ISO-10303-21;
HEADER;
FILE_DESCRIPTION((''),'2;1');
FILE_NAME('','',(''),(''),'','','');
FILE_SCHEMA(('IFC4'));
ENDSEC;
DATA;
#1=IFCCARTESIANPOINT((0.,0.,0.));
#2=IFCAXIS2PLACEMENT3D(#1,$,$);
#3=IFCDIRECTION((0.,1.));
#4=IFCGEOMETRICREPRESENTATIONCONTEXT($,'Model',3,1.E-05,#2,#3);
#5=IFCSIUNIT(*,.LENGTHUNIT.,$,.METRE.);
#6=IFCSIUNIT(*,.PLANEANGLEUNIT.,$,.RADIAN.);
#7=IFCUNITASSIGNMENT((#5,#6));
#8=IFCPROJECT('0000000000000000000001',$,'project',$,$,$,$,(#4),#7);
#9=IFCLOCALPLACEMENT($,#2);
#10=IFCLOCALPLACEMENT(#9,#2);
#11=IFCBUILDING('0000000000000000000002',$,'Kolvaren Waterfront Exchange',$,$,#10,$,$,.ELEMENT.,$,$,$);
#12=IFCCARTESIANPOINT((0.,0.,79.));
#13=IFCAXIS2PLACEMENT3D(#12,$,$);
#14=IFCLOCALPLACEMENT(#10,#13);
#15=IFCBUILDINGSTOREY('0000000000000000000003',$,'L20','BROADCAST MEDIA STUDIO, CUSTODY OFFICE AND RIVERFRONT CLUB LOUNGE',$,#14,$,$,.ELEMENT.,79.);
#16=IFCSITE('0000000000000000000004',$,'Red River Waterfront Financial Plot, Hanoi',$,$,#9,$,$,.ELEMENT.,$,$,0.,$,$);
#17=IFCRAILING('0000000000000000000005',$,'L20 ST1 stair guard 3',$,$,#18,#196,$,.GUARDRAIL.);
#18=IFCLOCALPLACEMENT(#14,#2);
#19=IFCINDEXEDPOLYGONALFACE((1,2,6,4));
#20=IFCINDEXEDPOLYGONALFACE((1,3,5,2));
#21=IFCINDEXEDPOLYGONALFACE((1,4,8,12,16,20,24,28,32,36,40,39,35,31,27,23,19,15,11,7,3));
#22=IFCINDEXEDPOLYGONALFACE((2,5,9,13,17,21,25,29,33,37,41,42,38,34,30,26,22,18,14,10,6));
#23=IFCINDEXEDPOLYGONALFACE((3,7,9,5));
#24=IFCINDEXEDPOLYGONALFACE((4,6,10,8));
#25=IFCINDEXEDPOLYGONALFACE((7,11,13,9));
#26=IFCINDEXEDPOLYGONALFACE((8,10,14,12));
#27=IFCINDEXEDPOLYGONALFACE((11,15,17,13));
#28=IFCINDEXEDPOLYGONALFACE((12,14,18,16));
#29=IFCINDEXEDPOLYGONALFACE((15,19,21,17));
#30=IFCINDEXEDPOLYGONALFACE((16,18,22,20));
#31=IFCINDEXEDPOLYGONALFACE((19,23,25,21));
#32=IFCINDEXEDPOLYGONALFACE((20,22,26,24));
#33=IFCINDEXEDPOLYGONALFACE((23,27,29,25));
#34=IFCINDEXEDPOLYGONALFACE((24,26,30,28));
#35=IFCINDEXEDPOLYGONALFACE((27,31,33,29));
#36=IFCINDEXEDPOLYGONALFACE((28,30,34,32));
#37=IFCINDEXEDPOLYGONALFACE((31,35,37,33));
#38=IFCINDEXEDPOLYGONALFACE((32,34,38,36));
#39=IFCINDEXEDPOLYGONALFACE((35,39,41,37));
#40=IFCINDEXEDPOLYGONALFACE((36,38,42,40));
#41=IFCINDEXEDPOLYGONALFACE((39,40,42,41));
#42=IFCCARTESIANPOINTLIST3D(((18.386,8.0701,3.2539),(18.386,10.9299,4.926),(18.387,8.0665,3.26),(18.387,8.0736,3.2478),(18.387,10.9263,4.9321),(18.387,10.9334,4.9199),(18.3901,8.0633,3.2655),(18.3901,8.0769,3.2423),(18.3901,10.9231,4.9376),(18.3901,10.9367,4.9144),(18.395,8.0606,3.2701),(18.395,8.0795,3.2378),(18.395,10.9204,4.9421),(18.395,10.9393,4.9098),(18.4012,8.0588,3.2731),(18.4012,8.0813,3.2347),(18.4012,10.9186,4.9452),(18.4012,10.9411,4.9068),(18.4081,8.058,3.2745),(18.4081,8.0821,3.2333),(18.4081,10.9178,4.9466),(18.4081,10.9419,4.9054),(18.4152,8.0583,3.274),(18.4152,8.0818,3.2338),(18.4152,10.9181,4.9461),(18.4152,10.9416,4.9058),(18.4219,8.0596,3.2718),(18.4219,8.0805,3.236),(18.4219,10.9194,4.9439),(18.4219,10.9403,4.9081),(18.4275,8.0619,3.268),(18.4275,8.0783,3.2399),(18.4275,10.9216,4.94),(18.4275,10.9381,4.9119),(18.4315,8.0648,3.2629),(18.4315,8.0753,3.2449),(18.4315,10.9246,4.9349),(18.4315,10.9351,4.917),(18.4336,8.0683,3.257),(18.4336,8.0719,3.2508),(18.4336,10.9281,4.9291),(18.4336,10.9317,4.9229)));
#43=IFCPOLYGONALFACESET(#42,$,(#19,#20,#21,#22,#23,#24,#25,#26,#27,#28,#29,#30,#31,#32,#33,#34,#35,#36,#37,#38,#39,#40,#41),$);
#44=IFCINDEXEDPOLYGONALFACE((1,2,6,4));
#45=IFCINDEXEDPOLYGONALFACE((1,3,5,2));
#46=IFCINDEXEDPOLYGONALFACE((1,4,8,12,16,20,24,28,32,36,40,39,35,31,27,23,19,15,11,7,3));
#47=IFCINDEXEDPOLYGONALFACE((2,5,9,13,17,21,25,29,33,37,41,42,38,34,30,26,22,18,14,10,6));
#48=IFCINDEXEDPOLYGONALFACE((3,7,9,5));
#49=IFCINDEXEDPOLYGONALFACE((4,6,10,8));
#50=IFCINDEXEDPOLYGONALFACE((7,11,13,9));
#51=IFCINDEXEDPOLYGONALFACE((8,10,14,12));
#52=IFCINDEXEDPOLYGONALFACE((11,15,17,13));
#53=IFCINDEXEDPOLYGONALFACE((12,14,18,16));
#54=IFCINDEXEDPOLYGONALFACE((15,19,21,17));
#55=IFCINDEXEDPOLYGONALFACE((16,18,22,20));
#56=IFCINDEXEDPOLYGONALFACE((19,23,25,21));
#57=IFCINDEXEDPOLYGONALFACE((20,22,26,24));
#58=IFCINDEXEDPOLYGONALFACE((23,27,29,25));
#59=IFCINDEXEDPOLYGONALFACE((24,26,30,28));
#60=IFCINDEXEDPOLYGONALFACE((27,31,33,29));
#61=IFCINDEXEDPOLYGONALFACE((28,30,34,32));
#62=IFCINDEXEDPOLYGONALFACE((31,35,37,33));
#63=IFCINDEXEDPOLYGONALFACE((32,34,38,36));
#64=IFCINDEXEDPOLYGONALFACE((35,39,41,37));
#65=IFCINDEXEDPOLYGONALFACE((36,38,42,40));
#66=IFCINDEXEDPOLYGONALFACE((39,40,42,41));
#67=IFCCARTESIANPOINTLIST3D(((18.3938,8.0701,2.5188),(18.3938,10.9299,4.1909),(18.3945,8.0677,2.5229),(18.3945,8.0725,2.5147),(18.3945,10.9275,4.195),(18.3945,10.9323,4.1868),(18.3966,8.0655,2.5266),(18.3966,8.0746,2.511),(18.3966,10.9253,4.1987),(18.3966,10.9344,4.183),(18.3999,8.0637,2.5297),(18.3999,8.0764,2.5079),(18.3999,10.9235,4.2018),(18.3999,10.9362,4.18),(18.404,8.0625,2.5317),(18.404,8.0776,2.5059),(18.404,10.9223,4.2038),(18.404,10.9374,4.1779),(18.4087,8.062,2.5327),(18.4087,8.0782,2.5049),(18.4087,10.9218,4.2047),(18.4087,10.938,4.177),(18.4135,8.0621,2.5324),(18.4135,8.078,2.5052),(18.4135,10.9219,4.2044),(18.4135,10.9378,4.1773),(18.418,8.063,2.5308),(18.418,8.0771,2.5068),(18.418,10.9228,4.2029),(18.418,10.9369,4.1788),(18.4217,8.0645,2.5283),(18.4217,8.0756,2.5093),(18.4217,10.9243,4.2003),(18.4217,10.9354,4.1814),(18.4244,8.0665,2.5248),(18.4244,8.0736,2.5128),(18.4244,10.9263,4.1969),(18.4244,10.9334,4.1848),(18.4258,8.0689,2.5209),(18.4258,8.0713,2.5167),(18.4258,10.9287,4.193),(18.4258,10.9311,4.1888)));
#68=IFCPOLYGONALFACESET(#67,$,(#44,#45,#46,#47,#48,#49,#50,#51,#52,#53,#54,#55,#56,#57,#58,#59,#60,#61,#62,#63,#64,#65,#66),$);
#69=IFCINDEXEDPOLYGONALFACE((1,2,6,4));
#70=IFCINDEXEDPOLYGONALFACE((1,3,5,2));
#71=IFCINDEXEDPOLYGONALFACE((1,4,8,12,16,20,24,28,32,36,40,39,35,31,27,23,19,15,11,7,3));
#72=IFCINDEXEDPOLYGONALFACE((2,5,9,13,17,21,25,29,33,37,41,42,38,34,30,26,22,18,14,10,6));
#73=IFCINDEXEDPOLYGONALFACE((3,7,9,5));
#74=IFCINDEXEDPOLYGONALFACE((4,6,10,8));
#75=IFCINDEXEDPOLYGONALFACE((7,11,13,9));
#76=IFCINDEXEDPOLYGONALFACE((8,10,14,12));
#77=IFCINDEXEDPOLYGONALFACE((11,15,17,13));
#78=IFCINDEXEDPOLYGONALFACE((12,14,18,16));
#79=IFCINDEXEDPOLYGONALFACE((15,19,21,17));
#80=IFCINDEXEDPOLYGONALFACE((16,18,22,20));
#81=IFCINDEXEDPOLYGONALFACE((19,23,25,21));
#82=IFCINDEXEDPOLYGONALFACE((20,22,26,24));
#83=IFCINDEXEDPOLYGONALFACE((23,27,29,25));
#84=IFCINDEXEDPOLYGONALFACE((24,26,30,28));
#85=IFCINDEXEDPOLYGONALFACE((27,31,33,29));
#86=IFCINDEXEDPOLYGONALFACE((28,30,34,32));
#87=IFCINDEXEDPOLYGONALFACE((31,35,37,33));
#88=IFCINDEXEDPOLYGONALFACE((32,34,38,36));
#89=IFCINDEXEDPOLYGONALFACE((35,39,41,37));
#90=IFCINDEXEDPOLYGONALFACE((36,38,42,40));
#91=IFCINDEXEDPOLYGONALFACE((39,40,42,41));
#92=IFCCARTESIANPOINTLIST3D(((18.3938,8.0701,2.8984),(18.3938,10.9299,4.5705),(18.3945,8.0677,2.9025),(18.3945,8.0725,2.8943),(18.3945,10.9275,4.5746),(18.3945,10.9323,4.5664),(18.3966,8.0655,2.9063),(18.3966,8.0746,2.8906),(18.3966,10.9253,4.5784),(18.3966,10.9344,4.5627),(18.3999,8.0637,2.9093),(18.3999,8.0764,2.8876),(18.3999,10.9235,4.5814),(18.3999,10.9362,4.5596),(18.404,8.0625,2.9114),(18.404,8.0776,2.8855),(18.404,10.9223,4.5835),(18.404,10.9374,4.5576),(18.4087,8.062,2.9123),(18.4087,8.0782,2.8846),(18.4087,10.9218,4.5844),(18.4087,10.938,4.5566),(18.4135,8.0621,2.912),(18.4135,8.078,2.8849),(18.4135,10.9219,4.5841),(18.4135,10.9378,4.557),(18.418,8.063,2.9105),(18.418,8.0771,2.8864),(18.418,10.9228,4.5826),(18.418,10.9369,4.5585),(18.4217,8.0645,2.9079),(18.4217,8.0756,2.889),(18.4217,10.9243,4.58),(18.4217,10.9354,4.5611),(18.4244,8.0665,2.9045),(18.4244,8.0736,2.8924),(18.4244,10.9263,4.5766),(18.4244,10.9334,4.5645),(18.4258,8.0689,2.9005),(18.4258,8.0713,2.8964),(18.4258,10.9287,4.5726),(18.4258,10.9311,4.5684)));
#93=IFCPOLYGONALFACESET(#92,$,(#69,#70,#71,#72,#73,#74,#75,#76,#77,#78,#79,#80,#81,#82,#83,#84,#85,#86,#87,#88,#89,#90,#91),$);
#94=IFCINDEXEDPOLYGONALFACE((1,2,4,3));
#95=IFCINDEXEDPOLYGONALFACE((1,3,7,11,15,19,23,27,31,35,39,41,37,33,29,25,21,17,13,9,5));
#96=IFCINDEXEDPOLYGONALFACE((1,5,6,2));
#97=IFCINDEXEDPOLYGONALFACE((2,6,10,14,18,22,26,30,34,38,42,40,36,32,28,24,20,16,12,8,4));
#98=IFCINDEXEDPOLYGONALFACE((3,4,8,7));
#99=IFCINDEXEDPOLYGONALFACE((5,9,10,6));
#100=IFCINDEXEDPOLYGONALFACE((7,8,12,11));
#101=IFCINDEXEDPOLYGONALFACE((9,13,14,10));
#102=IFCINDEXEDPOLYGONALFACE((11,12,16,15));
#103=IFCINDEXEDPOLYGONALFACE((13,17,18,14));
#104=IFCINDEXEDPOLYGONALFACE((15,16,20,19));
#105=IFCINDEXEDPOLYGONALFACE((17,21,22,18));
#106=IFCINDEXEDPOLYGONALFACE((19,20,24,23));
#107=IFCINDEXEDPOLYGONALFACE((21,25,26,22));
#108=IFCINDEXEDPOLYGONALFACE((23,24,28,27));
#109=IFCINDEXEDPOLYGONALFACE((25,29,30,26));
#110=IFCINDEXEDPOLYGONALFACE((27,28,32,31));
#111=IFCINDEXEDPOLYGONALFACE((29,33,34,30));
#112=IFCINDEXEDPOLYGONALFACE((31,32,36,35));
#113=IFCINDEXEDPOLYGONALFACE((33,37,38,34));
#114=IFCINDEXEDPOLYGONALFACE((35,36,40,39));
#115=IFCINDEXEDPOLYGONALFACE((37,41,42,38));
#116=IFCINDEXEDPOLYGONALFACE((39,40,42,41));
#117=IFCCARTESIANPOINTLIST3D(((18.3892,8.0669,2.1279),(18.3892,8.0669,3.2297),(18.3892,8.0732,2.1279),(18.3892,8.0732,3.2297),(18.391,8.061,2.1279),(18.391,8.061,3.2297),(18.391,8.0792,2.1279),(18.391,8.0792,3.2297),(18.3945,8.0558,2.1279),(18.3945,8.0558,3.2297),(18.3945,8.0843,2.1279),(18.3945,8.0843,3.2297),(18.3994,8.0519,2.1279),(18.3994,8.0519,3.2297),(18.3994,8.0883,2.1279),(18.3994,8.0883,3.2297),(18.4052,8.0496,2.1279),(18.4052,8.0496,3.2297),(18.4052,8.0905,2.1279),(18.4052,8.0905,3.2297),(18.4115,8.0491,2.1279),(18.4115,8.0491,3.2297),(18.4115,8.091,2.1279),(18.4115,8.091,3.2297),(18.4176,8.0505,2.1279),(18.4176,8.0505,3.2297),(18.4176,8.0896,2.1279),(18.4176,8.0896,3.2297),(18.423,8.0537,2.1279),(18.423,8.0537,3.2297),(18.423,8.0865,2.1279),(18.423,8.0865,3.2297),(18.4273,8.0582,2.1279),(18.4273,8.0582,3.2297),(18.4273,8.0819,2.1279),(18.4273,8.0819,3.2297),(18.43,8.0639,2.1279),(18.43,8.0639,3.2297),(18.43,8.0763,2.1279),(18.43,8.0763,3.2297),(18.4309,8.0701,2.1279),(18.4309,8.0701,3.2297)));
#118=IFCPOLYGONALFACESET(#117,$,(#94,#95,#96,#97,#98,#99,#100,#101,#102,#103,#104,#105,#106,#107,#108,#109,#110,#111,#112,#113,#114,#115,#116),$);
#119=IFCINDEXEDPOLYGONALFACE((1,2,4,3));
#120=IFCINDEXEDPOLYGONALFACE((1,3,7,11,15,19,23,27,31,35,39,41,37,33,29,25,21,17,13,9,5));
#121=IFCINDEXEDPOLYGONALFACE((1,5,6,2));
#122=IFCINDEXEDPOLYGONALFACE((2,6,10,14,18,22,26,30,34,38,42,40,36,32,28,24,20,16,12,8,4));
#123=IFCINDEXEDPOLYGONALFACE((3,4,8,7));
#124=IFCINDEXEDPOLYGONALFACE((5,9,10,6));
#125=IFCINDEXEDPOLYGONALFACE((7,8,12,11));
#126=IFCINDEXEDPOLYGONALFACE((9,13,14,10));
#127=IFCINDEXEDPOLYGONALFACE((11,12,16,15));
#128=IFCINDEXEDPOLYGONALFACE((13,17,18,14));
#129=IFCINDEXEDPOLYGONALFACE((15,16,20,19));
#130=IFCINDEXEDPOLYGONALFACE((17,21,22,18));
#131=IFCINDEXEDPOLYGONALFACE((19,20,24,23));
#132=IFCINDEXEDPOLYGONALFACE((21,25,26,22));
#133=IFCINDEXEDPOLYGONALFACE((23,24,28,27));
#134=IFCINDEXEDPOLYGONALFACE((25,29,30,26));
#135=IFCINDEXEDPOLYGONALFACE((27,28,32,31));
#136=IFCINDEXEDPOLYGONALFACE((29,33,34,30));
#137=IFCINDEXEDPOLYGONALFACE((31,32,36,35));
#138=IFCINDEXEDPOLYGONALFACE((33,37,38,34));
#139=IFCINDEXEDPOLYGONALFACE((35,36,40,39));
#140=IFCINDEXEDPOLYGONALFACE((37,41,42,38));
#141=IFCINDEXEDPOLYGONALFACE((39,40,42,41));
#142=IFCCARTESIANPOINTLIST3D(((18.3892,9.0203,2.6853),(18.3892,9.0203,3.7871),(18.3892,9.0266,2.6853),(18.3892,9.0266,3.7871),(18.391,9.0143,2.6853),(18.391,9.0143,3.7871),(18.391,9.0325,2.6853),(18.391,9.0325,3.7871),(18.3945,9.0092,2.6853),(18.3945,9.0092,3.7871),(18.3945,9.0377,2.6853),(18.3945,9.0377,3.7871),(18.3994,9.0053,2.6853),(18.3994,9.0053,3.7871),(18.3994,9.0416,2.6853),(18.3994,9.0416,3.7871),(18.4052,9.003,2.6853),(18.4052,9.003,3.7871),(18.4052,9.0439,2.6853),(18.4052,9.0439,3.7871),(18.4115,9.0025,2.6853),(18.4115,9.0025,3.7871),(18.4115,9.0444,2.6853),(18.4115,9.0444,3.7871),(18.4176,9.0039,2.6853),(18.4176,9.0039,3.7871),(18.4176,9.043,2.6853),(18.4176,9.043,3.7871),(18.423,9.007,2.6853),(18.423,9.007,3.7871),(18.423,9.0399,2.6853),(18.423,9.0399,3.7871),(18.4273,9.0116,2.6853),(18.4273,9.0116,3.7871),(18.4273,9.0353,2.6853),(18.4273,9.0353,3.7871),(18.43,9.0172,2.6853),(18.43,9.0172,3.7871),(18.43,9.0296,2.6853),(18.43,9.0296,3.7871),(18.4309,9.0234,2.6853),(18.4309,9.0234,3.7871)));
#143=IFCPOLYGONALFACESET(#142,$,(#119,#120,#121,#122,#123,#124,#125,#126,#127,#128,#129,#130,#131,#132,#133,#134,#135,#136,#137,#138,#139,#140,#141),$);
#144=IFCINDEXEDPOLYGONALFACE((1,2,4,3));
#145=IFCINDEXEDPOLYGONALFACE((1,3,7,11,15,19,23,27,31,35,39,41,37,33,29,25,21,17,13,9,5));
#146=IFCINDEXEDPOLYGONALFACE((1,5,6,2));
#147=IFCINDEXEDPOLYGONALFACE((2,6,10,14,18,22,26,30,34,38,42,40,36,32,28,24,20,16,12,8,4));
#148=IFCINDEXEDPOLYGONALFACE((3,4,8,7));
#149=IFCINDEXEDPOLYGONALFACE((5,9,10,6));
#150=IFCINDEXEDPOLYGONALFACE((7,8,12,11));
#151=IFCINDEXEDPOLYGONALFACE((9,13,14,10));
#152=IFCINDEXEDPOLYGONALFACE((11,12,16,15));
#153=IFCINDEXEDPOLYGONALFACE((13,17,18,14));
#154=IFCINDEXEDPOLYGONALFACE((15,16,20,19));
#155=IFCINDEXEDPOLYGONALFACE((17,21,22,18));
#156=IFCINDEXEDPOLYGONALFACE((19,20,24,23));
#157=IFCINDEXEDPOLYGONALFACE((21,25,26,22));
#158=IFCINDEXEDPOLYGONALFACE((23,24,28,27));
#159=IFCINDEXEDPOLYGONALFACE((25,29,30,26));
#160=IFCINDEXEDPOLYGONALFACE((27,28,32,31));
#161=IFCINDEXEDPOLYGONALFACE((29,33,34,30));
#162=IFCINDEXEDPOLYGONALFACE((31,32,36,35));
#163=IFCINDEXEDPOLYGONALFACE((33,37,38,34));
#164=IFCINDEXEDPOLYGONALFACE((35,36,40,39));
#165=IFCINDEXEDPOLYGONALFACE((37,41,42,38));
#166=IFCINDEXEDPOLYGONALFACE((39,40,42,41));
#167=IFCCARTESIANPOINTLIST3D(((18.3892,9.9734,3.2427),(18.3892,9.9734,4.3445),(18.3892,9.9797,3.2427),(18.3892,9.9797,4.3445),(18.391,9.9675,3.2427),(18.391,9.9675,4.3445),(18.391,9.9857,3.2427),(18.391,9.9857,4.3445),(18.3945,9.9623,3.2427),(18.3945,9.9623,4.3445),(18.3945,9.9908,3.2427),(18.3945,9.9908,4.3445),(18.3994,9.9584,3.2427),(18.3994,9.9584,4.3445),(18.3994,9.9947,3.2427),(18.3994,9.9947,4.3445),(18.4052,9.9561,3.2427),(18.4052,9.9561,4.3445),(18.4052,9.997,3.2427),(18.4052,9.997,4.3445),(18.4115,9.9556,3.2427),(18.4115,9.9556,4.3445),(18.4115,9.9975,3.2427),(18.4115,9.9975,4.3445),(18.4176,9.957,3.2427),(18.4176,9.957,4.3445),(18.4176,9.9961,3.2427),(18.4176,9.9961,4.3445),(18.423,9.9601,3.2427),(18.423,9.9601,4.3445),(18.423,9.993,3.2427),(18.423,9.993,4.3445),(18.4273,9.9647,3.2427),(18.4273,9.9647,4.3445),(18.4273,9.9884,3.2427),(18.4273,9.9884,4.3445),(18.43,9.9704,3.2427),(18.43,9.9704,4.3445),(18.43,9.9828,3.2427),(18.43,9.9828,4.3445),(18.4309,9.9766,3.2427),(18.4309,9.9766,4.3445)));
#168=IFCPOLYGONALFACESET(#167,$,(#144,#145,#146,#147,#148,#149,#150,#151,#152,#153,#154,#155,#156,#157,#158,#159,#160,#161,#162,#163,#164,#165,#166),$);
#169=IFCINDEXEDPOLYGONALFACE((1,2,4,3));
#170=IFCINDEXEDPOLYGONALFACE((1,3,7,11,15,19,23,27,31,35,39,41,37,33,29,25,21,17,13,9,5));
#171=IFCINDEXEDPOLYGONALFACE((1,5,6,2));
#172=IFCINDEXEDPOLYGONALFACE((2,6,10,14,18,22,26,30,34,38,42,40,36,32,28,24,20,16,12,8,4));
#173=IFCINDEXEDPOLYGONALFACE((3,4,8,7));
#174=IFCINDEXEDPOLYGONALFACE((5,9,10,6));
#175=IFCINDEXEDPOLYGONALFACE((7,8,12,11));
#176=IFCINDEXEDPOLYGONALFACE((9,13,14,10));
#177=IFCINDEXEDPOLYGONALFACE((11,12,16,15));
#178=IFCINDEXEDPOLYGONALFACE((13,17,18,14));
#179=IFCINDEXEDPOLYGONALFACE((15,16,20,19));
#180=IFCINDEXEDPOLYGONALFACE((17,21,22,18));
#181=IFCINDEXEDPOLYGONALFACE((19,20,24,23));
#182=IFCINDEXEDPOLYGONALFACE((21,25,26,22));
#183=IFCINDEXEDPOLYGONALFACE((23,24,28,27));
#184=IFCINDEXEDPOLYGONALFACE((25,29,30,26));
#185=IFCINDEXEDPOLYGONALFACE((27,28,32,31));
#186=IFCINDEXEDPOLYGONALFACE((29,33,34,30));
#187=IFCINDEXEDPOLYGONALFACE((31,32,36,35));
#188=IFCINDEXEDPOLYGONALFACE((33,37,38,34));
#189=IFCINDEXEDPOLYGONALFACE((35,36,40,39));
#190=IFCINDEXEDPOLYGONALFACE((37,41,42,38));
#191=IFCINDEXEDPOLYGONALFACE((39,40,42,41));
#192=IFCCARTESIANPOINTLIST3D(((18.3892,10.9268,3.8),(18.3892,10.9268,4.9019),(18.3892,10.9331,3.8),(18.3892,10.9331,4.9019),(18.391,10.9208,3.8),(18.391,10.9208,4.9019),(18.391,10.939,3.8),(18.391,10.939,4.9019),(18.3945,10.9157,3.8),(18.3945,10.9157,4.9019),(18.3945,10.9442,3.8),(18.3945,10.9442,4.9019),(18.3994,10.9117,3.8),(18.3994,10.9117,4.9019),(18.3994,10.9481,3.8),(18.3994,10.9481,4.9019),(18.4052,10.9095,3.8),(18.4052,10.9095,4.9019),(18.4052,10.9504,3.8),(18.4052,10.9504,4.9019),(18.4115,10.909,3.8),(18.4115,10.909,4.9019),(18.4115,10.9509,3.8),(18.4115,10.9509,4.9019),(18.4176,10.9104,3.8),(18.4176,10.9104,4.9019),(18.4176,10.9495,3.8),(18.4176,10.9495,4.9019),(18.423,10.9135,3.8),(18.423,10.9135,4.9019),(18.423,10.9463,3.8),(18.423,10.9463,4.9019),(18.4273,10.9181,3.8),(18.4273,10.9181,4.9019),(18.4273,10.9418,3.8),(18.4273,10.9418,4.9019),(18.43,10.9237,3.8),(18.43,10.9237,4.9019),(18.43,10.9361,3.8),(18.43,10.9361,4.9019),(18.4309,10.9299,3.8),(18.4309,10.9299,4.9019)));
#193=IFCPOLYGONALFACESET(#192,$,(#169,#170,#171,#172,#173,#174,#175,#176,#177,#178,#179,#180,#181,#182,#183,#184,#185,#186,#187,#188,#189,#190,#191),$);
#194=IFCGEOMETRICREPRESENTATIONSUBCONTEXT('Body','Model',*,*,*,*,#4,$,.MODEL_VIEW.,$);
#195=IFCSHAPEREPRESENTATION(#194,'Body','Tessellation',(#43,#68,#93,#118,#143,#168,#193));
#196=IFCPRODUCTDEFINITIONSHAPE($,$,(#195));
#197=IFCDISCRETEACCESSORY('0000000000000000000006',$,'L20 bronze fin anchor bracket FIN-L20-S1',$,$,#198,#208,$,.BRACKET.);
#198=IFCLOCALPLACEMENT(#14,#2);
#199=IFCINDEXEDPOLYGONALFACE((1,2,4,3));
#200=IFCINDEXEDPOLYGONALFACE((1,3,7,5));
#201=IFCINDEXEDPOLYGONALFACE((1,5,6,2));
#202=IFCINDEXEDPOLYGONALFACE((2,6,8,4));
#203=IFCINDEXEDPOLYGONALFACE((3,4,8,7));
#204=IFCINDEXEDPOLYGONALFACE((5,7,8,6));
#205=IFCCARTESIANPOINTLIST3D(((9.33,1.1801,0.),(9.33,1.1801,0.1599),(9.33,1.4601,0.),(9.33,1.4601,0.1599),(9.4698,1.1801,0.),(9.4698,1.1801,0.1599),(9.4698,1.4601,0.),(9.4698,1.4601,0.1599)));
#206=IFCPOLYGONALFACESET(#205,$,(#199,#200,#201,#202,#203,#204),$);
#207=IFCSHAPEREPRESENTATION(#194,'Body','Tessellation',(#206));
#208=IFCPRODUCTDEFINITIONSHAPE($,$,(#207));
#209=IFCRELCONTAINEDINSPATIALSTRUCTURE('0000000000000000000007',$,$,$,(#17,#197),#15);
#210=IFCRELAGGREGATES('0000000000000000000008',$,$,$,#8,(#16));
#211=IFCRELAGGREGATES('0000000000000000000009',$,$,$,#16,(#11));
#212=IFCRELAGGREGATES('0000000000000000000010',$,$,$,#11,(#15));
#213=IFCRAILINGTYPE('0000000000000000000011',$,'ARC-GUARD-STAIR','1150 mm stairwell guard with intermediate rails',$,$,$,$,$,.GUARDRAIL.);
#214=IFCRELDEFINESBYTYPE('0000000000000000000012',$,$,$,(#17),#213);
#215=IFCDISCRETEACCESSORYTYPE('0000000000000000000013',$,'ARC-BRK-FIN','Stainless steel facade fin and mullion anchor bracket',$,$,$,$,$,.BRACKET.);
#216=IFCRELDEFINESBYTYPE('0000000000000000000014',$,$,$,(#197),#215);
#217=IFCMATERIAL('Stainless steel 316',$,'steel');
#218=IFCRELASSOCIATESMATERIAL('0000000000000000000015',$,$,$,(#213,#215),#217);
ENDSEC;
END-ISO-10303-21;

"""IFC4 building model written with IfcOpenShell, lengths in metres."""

from ifc_helpers import new_model, si_unit, direction, frame, origin, origin_with_axes, origin_2d, place, context, subcontext, project, spatial, rectangle, circle, extrude, source, transform, mapped, material, type_object, element, save


model = new_model("IFC4")

# Units and contexts
model_context = context("Model", 3, precision=1e-05, world=origin(), true_north=direction((0.0, 1.0)))
body_context = subcontext(model_context, "Body", "Model", "MODEL_VIEW")
ifc_project = project(units=[si_unit("LENGTHUNIT", "METRE"), si_unit("PLANEANGLEUNIT", "RADIAN")], contexts=[model_context])

# Site, building, storey
site_placement = place(None, origin())
site = spatial("IfcSite", under=ifc_project, at=site_placement, Name="Red River Waterfront Financial Plot, Hanoi", CompositionType="ELEMENT", RefElevation=0.0)
building_placement = place(site_placement, origin())
building = spatial("IfcBuilding", under=site, at=building_placement, Name="Kolvaren Waterfront Exchange", CompositionType="ELEMENT")
storey_placement = place(building_placement, frame((0.0, 0.0, 79.0)))
storey = spatial("IfcBuildingStorey", under=building, at=storey_placement, Name="L20", Description="BROADCAST MEDIA STUDIO, CUSTODY OFFICE AND RIVERFRONT CLUB LOUNGE", CompositionType="ELEMENT", Elevation=79.0)

# Railing
ifc_material_1 = material(Name="Stainless steel 316", Category="steel")
railing_type = type_object("IfcRailingType", Name="ARC-GUARD-STAIR", Description="1150 mm stairwell guard with intermediate rails", PredefinedType="GUARDRAIL", material=ifc_material_1)
railing_1_placement = place(storey_placement, frame((18.4099, 8.0701, 2.1279)))
element("IfcRailing", 1, at=railing_1_placement, inside=storey, type_object=railing_type, Name="L20 ST1 stair guard 3", PredefinedType="GUARDRAIL", context=body_context, shape_type="SweptSolid", body=[
    extrude(circle(Radius=0.0239, at=origin_2d()), frame((0.0, 0.0, 1.126), z_axis=(0.0, 0.863271, 0.504741), x_axis=(-1.0, 0.0, 0.0)), (0.0, 0.0, 1.0), 3.3127),
    extrude(circle(Radius=0.0161, at=origin_2d()), frame((0.0, 0.0, 0.3909), z_axis=(0.0, 0.863271, 0.504741), x_axis=(-1.0, 0.0, 0.0)), (0.0, 0.0, 1.0), 3.3127),
    extrude(circle(Radius=0.0161, at=origin_2d()), frame((0.0, 0.0, 0.7705), z_axis=(0.0, 0.863271, 0.504741), x_axis=(-1.0, 0.0, 0.0)), (0.0, 0.0, 1.0), 3.3127),
    extrude(circle(Radius=0.021, at=origin_2d()), origin(), (0.0, 0.0, 1.0), 1.1018),
    extrude(circle(Radius=0.021, at=origin_2d()), frame((0.0, 0.9534, 0.5574)), (0.0, 0.0, 1.0), 1.1018),
    extrude(circle(Radius=0.021, at=origin_2d()), frame((0.0, 1.9065, 1.1147)), (0.0, 0.0, 1.0), 1.1018),
    extrude(circle(Radius=0.021, at=origin_2d()), frame((0.0, 2.8599, 1.6721)), (0.0, 0.0, 1.0), 1.1018),
])

# Discrete accessory
discrete_accessory_type = type_object("IfcDiscreteAccessoryType", Name="ARC-BRK-FIN", Description="Stainless steel facade fin and mullion anchor bracket", PredefinedType="BRACKET", material=ifc_material_1)
shared_shape_1 = source(origin_with_axes(), body_context, "Body", "SweptSolid", [
    extrude(rectangle(XDim=0.28, YDim=0.1399, at=origin_2d()), origin(), (0.0, 0.0, 1.0), 0.1599),
])
for number, where, z_axis, x_axis, name in (
    (2, (9.3999, 1.3201, 0.0), (0.0, 0.0, 1.0), (0.0, -1.0, 0.0), "L20 bronze fin anchor bracket FIN-L20-S1"),
):
    element("IfcDiscreteAccessory", number, at=place(storey_placement, frame(where, z_axis=z_axis, x_axis=x_axis)), inside=storey, type_object=discrete_accessory_type, Name=name, PredefinedType="BRACKET", context=body_context, shape_type="MappedRepresentation", body=[
        mapped(shared_shape_1, transform((0.0, 0.0, 0.0), x_axis=(1.0, 0.0, 0.0), y_axis=(0.0, 1.0, 0.0), z_axis=(0.0, 0.0, 1.0), scale=1.0)),
    ])

save(model, "model.ifc")
